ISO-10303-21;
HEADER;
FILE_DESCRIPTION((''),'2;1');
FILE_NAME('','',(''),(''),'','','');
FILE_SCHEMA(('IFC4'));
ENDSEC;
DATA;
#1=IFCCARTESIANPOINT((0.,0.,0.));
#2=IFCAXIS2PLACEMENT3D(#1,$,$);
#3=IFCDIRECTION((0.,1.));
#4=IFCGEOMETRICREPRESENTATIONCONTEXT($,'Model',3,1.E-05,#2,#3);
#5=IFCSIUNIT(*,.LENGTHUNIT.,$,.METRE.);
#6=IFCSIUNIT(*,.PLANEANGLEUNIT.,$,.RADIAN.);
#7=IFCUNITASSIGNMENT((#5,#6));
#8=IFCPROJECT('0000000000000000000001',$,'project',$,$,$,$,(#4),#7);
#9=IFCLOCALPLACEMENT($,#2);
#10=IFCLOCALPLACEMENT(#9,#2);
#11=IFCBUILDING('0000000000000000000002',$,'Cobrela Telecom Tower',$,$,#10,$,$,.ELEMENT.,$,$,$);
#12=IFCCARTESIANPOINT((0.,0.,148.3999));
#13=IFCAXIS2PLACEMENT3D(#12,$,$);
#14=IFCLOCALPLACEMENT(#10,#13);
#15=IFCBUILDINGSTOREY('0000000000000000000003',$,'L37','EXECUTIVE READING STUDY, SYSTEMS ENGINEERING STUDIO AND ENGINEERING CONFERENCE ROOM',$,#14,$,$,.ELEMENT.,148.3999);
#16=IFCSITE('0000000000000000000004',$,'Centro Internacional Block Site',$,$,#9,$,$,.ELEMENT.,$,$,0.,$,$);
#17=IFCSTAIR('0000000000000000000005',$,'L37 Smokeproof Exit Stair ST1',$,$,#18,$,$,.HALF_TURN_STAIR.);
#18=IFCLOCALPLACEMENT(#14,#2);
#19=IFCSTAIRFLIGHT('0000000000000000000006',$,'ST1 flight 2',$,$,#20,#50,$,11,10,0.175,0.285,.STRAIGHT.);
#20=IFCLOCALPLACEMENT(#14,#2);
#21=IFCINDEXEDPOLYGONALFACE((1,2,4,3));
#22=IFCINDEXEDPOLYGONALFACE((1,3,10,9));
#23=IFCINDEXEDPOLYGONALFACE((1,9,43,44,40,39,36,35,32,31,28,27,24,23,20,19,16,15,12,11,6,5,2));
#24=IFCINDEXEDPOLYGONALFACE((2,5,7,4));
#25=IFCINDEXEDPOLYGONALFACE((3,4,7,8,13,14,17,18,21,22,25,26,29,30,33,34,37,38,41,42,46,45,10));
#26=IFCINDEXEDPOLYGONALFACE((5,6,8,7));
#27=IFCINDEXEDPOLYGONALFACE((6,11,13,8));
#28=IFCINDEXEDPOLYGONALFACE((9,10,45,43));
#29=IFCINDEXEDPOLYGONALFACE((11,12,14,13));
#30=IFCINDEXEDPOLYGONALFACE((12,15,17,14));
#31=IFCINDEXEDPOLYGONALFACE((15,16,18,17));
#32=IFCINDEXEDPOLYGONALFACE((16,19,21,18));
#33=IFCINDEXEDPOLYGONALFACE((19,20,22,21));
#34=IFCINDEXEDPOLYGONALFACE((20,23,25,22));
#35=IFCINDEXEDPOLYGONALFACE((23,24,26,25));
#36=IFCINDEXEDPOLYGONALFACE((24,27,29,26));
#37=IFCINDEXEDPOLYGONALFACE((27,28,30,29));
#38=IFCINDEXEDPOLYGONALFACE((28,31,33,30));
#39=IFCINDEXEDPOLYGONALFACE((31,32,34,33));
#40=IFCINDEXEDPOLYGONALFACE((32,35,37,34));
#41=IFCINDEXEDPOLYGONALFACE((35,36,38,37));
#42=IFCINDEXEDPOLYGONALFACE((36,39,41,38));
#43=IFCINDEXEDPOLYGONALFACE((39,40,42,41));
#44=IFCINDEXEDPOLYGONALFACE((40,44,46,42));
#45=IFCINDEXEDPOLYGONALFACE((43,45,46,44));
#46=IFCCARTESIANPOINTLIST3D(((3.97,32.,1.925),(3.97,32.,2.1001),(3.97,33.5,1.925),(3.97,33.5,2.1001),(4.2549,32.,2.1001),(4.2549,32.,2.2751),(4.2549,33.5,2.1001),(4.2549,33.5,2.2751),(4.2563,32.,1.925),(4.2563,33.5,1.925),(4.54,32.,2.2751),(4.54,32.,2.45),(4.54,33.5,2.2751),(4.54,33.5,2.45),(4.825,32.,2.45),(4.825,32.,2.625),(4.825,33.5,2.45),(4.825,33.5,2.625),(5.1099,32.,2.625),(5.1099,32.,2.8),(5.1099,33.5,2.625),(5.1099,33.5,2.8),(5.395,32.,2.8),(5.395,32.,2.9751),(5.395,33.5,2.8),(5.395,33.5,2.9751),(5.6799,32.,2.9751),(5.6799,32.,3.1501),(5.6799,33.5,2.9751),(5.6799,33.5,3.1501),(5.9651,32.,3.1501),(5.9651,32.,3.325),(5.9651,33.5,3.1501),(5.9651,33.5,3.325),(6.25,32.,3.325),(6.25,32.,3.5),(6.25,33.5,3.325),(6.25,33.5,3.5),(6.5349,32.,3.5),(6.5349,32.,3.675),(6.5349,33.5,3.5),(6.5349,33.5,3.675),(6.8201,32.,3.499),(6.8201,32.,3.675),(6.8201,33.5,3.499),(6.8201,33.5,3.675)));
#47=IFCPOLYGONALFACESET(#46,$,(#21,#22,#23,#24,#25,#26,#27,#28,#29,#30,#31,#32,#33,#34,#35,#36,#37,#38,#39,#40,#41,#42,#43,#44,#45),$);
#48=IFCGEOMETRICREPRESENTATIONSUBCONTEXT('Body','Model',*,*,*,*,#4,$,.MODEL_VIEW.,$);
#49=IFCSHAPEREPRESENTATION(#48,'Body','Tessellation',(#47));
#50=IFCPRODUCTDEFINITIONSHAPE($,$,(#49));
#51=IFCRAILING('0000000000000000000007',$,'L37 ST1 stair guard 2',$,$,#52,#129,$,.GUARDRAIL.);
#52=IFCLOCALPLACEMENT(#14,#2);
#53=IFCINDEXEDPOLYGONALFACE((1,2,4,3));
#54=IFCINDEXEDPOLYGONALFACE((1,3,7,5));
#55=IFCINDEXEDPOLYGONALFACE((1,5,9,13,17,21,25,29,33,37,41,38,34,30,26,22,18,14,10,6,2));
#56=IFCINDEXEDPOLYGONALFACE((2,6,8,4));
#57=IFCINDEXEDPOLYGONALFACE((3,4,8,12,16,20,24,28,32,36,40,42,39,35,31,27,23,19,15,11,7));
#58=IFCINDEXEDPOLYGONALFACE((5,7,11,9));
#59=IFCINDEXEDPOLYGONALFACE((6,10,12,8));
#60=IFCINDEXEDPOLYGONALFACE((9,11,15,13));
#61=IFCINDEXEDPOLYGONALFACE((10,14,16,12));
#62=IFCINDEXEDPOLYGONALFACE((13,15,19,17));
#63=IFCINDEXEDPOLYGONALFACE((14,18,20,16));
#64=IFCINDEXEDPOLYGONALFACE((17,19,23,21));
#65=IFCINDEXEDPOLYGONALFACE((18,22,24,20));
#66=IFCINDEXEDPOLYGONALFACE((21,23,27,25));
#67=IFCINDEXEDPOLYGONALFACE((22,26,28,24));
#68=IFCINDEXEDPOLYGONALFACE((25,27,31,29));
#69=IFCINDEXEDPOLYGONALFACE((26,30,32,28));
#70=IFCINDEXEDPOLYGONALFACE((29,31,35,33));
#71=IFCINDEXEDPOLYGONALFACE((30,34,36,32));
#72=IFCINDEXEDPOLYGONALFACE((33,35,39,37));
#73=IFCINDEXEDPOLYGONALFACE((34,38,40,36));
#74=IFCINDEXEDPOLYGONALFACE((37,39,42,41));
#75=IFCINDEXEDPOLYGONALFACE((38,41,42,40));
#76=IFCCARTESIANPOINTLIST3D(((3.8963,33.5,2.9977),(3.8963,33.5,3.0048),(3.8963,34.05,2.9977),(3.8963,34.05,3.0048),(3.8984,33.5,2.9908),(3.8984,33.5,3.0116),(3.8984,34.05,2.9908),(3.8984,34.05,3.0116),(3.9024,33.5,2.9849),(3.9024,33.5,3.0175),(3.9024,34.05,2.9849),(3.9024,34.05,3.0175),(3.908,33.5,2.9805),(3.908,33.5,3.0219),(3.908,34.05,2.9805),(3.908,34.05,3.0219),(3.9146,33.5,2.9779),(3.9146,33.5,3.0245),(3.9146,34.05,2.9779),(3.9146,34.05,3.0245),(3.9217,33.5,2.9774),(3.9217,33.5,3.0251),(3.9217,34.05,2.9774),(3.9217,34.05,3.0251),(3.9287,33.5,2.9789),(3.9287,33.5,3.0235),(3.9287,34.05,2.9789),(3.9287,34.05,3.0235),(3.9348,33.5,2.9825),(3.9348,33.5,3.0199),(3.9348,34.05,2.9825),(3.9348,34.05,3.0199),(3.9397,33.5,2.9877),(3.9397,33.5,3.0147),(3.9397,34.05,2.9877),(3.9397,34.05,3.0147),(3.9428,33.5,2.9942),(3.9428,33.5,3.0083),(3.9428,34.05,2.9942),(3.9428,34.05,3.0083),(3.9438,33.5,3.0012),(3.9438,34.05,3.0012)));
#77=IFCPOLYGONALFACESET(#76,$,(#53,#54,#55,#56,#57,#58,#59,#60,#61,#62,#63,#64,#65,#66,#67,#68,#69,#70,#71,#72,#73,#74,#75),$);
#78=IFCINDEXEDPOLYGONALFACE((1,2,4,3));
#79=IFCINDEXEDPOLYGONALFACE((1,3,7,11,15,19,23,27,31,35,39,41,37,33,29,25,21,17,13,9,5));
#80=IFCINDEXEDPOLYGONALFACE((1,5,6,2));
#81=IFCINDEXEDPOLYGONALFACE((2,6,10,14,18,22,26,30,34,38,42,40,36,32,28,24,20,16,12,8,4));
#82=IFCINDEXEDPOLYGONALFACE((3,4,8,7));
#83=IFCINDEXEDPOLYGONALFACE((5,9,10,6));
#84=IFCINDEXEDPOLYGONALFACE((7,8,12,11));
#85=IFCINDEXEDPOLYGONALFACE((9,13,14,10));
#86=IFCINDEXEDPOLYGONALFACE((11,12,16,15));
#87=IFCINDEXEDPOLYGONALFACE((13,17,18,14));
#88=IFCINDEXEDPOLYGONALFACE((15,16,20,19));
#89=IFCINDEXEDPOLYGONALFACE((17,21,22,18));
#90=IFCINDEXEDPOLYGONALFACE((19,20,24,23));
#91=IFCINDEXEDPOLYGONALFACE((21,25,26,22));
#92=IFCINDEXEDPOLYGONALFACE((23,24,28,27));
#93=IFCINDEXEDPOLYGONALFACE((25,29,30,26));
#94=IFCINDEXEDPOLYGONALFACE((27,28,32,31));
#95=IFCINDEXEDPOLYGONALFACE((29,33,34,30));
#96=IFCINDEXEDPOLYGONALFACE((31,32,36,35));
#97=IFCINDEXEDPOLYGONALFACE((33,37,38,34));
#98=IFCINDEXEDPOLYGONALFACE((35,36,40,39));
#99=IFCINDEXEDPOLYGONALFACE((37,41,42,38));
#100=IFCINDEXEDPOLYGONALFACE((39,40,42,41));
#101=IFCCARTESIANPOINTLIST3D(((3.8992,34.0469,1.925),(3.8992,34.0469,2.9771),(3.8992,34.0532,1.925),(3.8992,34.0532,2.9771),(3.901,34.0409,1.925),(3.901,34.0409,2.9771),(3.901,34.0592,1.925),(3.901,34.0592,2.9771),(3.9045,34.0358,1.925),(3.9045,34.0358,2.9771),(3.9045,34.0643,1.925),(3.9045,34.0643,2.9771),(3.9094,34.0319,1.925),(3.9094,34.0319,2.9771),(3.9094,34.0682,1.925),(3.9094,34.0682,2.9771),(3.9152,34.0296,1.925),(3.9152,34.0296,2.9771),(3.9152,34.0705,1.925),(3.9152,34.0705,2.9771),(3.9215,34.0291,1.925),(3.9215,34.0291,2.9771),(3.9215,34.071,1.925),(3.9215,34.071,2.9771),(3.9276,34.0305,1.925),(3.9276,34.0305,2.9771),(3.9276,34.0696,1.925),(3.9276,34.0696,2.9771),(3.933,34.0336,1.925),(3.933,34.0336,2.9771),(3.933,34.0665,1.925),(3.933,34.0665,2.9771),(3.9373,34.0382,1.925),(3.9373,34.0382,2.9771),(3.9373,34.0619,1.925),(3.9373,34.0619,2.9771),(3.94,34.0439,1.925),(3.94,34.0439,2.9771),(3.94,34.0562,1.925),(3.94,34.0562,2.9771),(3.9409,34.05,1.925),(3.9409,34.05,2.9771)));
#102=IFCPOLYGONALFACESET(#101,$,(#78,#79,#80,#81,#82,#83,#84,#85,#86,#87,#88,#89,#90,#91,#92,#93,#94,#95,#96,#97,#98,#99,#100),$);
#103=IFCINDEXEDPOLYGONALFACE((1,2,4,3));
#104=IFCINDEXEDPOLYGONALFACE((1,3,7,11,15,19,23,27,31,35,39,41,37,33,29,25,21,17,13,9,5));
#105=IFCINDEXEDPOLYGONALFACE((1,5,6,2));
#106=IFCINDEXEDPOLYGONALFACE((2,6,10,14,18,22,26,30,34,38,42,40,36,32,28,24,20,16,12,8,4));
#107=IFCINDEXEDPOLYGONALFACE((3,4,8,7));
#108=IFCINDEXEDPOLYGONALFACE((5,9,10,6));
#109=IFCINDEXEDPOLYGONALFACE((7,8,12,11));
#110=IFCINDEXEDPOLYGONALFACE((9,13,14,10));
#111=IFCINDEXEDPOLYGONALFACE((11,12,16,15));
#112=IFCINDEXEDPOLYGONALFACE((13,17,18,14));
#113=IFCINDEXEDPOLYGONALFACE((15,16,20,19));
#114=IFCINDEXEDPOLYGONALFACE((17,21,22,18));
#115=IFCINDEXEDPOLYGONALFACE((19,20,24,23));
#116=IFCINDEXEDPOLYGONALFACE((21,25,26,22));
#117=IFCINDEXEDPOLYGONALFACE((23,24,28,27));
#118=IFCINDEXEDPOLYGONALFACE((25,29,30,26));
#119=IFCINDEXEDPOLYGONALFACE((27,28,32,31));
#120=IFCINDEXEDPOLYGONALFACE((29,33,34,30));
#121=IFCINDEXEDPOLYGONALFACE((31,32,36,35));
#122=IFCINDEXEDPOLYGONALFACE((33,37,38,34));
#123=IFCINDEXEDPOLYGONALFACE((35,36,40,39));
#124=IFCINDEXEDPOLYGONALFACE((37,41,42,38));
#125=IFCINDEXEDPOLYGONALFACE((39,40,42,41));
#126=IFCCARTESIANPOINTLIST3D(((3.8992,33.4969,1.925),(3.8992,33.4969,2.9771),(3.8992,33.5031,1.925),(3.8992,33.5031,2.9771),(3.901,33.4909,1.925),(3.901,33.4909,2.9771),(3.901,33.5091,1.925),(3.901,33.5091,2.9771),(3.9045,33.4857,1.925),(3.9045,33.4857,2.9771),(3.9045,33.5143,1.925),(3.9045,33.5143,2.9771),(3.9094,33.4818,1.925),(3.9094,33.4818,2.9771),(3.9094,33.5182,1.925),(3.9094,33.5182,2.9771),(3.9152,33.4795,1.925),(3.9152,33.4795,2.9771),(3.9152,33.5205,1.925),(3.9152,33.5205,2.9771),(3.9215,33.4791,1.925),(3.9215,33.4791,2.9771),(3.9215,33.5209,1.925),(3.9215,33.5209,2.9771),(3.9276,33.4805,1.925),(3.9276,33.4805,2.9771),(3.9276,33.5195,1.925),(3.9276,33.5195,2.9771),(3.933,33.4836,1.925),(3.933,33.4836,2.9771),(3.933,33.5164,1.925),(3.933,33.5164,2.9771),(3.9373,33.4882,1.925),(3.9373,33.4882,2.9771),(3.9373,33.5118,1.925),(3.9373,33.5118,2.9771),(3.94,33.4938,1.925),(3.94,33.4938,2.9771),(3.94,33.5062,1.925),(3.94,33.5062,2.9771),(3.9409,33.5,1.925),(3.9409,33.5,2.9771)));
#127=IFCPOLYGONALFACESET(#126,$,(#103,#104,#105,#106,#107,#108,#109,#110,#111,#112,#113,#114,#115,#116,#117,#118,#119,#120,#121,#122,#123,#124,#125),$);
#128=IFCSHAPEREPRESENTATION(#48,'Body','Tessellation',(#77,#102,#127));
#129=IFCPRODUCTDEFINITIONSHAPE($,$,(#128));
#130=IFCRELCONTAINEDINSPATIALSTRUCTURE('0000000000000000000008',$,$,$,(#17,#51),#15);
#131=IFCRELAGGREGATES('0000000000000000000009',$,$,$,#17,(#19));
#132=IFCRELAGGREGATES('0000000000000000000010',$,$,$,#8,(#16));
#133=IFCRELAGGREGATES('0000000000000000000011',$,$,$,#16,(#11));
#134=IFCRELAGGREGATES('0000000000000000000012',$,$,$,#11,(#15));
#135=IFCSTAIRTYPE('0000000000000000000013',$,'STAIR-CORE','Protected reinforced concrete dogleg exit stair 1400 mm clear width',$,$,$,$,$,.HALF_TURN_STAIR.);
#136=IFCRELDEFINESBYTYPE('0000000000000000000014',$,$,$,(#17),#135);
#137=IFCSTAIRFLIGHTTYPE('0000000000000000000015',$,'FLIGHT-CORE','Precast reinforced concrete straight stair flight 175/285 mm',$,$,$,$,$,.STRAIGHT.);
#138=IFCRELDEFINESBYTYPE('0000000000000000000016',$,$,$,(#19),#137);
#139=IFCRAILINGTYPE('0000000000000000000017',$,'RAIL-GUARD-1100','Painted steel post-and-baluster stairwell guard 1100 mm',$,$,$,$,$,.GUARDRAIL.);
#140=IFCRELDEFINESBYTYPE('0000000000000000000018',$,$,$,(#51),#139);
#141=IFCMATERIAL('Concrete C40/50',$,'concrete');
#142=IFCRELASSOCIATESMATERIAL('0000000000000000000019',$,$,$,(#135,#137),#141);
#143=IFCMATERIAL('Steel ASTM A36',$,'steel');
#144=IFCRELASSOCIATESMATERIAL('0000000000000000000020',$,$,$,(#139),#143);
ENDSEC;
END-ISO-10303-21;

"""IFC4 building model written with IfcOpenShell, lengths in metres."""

from ifc_helpers import new_model, si_unit, direction, frame, origin, origin_2d, place, context, subcontext, project, spatial, polyline, circle, outline, extrude, material, type_object, element, aggregate, save


model = new_model("IFC4")

# Units and contexts
model_context = context("Model", 3, precision=1e-05, world=origin(), true_north=direction((0.0, 1.0)))
body_context = subcontext(model_context, "Body", "Model", "MODEL_VIEW")
ifc_project = project(units=[si_unit("LENGTHUNIT", "METRE"), si_unit("PLANEANGLEUNIT", "RADIAN")], contexts=[model_context])

# Site, building, storey
site_placement = place(None, origin())
site = spatial("IfcSite", under=ifc_project, at=site_placement, Name="Centro Internacional Block Site", CompositionType="ELEMENT", RefElevation=0.0)
building_placement = place(site_placement, origin())
building = spatial("IfcBuilding", under=site, at=building_placement, Name="Cobrela Telecom Tower", CompositionType="ELEMENT")
storey_placement = place(building_placement, frame((0.0, 0.0, 148.3999)))
storey = spatial("IfcBuildingStorey", under=building, at=storey_placement, Name="L37", Description="EXECUTIVE READING STUDY, SYSTEMS ENGINEERING STUDIO AND ENGINEERING CONFERENCE ROOM", CompositionType="ELEMENT", Elevation=148.3999)

# Shared definitions
ifc_material_1 = material(Name="Steel ASTM A36", Category="steel")

# Shared definitions
ifc_material_2 = material(Name="Concrete C40/50", Category="concrete")

# Stair, stair flight
stair_type = type_object("IfcStairType", Name="STAIR-CORE", Description="Protected reinforced concrete dogleg exit stair 1400 mm clear width", PredefinedType="HALF_TURN_STAIR", material=ifc_material_2)
stair_placement = place(storey_placement, origin())
stair = element("IfcStair", 1, at=stair_placement, inside=storey, type_object=stair_type, Name="L37 Smokeproof Exit Stair ST1", PredefinedType="HALF_TURN_STAIR")
stair_flight_type = type_object("IfcStairFlightType", Name="FLIGHT-CORE", Description="Precast reinforced concrete straight stair flight 175/285 mm", PredefinedType="STRAIGHT", material=ifc_material_2)
stair_flight_placement = place(storey_placement, frame((3.97, 32.75, 1.925), z_axis=(0.0, 0.0, 1.0), x_axis=(1.0, 0.0, 0.0)))
stair_flight = element("IfcStairFlight", 2, at=stair_flight_placement, type_object=stair_flight_type, Name="ST1 flight 2", NumberOfRisers=11, NumberOfTreads=10, PredefinedType="STRAIGHT", RiserHeight=0.175, TreadLength=0.285, context=body_context, shape_type="SweptSolid", body=[
    extrude(outline(polyline([(0.0, 0.0), (0.0, 0.175), (0.2849, 0.175), (0.2849, 0.3501), (0.5701, 0.3501), (0.5701, 0.5249), (0.855, 0.5249), (0.855, 0.7), (1.1399, 0.7), (1.1399, 0.875), (1.425, 0.875), (1.425, 1.05), (1.71, 1.05), (1.71, 1.2251), (1.9951, 1.2251), (1.9951, 1.3999), (2.28, 1.3999), (2.28, 1.575), (2.5649, 1.575), (2.5649, 1.75), (2.8501, 1.75), (2.8501, 1.925), (2.8501, 1.574), (0.2864, 0.0), (0.0, 0.0)])), frame((0.0, 0.75, 0.0), z_axis=(0.0, -1.0, 0.0), x_axis=(1.0, 0.0, 0.0)), (0.0, 0.0, 1.0), 1.5),
])
aggregate(stair, [stair_flight])

# Railing
railing_type_1 = type_object("IfcRailingType", Name="RAIL-GUARD-1100", Description="Painted steel post-and-baluster stairwell guard 1100 mm", PredefinedType="GUARDRAIL", material=ifc_material_1)
railing_1_placement = place(storey_placement, frame((3.9199, 34.05, 1.925)))
element("IfcRailing", 3, at=railing_1_placement, inside=storey, type_object=railing_type_1, Name="L37 ST1 stair guard 2", PredefinedType="GUARDRAIL", context=body_context, shape_type="SweptSolid", body=[
    extrude(circle(Radius=0.0239, at=origin_2d()), frame((0.0, 0.0, 1.0762), z_axis=(0.0, -1.0, 0.0), x_axis=(1.0, 0.0, 0.0)), (0.0, 0.0, 1.0), 0.55),
    extrude(circle(Radius=0.021, at=origin_2d()), origin(), (0.0, 0.0, 1.0), 1.052),
    extrude(circle(Radius=0.021, at=origin_2d()), frame((0.0, -0.55, 0.0)), (0.0, 0.0, 1.0), 1.052),
])

save(model, "model.ifc")
